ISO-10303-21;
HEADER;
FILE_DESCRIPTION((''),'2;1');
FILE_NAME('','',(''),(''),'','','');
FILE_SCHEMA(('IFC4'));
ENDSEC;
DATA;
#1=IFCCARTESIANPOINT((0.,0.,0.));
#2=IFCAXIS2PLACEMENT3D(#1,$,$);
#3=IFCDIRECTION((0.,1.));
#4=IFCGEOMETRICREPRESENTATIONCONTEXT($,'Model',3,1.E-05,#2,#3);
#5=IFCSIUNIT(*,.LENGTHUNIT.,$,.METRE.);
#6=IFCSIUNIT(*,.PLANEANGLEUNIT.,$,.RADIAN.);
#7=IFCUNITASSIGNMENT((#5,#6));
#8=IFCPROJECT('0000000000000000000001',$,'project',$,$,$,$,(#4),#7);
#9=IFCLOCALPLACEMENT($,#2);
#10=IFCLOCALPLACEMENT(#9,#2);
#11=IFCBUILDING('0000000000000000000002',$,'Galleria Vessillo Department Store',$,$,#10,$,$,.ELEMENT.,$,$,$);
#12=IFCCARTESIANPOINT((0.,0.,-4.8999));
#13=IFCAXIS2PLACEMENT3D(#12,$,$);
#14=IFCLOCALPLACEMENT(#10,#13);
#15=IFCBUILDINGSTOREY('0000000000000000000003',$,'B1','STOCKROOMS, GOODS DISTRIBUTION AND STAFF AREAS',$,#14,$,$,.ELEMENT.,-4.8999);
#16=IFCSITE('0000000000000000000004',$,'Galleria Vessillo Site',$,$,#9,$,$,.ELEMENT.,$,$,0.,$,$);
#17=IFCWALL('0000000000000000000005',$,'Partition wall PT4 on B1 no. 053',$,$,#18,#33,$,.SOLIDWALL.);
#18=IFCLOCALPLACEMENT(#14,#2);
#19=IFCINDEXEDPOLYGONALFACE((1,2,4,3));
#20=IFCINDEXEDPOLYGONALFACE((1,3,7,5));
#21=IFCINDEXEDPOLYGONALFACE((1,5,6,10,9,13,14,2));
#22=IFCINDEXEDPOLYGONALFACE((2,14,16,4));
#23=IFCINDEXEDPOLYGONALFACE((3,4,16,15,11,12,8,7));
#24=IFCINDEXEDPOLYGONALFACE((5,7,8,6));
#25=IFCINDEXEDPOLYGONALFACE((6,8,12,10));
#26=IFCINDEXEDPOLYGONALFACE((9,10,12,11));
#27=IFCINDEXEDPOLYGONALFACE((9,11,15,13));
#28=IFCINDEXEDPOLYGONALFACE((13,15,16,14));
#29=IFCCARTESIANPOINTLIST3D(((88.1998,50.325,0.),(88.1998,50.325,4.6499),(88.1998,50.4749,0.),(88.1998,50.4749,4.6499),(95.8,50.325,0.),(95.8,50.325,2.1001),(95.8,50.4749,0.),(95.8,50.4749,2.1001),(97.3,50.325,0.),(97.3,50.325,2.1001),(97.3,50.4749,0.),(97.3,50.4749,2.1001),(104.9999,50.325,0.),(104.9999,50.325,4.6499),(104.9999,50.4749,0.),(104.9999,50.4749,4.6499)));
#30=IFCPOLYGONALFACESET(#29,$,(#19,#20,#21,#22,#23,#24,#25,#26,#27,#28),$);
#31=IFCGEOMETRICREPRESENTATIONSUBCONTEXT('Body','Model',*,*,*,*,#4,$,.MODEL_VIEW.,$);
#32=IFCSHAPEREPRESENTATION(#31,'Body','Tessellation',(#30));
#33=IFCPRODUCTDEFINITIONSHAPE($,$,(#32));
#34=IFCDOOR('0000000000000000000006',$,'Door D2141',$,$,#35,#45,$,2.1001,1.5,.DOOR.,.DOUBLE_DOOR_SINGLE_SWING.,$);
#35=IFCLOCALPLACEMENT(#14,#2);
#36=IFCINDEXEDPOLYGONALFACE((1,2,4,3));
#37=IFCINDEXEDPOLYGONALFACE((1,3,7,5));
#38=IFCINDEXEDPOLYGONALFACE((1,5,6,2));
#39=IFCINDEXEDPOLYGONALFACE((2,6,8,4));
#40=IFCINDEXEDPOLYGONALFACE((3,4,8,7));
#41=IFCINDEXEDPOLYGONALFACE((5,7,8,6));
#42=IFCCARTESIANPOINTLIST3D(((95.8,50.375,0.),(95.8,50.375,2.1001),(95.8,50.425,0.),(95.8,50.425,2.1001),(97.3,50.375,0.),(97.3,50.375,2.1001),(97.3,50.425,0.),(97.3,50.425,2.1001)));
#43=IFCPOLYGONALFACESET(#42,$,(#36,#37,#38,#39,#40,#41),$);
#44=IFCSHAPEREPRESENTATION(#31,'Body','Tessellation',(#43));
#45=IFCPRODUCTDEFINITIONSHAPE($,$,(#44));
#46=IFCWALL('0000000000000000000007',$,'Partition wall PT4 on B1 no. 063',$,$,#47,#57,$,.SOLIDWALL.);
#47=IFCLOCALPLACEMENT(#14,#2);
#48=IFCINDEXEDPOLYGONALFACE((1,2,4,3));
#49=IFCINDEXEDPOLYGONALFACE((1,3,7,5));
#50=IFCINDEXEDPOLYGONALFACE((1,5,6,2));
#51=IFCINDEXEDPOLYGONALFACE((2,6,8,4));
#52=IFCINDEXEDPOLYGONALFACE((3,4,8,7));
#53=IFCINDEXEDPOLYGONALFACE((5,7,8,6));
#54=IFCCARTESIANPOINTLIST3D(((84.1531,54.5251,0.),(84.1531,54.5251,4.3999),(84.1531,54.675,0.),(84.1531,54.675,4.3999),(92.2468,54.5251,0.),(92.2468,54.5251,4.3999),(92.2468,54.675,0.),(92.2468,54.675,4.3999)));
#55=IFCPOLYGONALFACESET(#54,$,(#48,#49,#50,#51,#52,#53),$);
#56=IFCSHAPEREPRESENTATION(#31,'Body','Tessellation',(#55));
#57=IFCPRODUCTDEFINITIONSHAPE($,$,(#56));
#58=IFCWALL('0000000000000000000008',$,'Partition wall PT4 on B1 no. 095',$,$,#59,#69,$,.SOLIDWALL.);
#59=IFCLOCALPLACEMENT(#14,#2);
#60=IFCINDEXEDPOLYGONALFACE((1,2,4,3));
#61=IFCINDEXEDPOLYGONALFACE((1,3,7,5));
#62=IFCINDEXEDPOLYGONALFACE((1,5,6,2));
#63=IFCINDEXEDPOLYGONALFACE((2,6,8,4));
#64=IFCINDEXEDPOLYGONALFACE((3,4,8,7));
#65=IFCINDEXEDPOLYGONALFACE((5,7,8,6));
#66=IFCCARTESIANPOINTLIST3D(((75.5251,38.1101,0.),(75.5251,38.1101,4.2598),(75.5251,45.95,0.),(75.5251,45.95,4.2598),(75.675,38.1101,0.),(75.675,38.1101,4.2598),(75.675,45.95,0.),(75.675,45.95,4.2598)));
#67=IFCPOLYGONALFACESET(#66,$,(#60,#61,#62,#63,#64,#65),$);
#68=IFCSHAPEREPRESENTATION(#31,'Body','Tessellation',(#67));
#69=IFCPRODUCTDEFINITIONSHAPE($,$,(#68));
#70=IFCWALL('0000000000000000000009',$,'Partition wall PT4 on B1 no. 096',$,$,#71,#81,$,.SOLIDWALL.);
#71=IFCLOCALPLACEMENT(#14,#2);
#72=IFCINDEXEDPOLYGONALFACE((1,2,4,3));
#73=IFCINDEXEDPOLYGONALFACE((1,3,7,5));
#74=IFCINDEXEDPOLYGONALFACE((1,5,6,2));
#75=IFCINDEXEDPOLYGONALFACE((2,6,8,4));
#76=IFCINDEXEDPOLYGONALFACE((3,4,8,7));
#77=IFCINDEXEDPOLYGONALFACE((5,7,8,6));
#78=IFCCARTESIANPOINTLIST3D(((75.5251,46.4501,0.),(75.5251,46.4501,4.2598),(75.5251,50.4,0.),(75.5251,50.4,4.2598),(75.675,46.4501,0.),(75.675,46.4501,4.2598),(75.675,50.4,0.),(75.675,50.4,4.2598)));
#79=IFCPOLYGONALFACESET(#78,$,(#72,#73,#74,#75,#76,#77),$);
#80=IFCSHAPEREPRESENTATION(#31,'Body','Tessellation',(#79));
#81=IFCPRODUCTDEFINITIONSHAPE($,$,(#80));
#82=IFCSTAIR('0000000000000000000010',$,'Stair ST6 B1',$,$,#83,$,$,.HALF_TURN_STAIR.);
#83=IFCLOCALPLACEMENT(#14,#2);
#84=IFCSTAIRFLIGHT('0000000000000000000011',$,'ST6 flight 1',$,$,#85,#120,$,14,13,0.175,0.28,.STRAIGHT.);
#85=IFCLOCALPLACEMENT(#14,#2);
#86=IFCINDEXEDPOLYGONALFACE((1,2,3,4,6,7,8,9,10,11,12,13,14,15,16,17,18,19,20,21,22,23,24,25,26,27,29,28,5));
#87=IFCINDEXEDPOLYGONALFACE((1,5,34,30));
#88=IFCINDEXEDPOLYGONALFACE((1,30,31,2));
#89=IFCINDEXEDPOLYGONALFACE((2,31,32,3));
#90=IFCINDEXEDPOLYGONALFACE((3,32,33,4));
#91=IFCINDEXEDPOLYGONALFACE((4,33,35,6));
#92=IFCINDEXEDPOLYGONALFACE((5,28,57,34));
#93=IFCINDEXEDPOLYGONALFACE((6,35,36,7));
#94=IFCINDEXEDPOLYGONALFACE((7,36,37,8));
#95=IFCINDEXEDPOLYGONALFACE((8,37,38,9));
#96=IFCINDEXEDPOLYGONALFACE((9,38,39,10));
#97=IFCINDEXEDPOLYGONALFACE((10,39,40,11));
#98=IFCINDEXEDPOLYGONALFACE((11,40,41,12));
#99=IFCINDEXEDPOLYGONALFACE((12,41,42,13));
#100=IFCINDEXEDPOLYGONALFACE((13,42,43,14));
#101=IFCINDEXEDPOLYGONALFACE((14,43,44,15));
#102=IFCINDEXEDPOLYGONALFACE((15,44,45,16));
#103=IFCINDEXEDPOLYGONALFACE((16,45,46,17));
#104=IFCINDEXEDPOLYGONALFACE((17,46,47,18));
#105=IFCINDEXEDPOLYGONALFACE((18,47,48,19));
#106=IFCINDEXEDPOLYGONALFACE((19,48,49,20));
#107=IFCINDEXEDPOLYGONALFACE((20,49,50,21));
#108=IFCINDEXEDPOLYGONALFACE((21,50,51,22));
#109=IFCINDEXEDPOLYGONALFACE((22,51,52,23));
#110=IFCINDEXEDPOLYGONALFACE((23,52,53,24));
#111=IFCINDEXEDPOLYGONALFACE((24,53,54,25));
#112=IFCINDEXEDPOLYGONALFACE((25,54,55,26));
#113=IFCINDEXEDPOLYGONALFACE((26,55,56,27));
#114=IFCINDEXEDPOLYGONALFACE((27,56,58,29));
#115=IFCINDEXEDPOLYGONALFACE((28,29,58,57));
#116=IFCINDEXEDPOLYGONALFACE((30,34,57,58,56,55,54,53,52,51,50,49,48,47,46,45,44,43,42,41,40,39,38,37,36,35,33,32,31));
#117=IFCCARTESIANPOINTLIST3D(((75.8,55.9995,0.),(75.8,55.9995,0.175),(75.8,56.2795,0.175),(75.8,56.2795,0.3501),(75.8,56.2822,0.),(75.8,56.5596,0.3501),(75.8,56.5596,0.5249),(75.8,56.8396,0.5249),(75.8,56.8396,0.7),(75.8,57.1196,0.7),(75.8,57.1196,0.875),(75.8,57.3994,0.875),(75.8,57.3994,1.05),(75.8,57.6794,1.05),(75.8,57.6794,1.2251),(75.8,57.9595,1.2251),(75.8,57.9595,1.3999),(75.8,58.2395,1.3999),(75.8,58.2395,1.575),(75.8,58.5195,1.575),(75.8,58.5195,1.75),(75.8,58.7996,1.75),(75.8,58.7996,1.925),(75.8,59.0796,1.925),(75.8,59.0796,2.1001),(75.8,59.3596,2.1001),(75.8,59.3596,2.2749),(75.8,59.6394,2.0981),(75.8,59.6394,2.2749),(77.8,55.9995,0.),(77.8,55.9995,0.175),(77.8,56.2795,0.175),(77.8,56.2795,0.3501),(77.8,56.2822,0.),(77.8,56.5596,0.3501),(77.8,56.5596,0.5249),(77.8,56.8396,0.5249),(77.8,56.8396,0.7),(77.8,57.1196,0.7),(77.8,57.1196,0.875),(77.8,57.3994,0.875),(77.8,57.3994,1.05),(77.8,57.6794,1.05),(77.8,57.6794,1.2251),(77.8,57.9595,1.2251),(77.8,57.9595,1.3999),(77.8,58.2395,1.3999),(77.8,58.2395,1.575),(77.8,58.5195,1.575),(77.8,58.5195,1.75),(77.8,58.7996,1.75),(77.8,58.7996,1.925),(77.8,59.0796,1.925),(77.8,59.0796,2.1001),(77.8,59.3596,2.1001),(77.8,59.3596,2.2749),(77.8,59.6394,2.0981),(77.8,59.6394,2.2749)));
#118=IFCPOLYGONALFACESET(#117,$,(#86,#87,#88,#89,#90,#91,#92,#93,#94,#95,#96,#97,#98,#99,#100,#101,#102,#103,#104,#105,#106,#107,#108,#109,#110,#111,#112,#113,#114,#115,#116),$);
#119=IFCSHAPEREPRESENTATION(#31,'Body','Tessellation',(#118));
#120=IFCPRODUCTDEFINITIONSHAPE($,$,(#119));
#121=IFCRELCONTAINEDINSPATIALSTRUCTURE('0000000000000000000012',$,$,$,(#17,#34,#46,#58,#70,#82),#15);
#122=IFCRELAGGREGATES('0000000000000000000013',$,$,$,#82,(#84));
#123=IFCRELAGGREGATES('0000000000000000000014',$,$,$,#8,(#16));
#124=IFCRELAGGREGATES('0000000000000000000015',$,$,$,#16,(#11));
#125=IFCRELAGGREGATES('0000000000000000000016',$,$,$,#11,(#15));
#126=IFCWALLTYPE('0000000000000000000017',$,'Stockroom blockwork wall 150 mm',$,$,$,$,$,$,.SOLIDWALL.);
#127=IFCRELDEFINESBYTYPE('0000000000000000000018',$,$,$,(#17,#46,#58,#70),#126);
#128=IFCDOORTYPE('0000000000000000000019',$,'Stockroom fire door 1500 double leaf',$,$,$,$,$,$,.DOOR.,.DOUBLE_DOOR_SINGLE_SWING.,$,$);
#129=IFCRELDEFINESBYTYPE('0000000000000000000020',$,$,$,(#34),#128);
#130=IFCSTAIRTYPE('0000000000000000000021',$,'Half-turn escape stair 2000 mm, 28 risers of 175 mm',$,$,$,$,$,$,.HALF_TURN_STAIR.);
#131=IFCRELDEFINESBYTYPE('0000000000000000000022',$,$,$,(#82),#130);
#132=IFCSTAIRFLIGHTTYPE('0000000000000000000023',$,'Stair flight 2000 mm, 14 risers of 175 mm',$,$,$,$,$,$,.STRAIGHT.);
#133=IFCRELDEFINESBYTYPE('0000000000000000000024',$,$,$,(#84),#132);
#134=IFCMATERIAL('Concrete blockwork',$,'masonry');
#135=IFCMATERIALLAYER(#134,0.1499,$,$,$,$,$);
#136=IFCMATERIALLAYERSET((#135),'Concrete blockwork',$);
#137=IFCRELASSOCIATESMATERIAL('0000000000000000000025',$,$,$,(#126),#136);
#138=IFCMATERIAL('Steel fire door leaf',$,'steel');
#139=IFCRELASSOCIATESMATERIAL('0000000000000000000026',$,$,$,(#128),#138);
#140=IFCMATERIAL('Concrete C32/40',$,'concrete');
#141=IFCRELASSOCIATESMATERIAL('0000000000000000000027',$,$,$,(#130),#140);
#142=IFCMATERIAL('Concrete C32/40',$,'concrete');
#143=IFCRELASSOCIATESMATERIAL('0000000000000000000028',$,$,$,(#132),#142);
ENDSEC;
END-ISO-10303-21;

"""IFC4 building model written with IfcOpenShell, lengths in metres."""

from ifc_helpers import new_model, si_unit, direction, frame, frame_2d, origin, place, context, subcontext, project, spatial, polyline, rectangle, outline, extrude, material, layer, layer_set, type_object, element, fill, aggregate, save


model = new_model("IFC4")

# Units and contexts
model_context = context("Model", 3, precision=1e-05, world=origin(), true_north=direction((0.0, 1.0)))
body_context = subcontext(model_context, "Body", "Model", "MODEL_VIEW")
ifc_project = project(units=[si_unit("LENGTHUNIT", "METRE"), si_unit("PLANEANGLEUNIT", "RADIAN")], contexts=[model_context])

# Site, building, storey
site_placement = place(None, origin())
site = spatial("IfcSite", under=ifc_project, at=site_placement, Name="Galleria Vessillo Site", CompositionType="ELEMENT", RefElevation=0.0)
building_placement = place(site_placement, origin())
building = spatial("IfcBuilding", under=site, at=building_placement, Name="Galleria Vessillo Department Store", CompositionType="ELEMENT")
storey_placement = place(building_placement, frame((0.0, 0.0, -4.8999)))
storey = spatial("IfcBuildingStorey", under=building, at=storey_placement, Name="B1", Description="STOCKROOMS, GOODS DISTRIBUTION AND STAFF AREAS", CompositionType="ELEMENT", Elevation=-4.8999)

# Wall, opening, door
ifc_material_1 = material(Name="Concrete blockwork", Category="masonry")
ifc_layer_1 = layer(ifc_material_1, 0.1499)
ifc_layer_set_1 = layer_set([ifc_layer_1], Name="Concrete blockwork")
wall_type_1 = type_object("IfcWallType", Name="Stockroom blockwork wall 150 mm", PredefinedType="SOLIDWALL", material=ifc_layer_set_1)
ifc_material_2 = material(Name="Steel fire door leaf", Category="steel")
door_type_1 = type_object("IfcDoorType", Name="Stockroom fire door 1500 double leaf", OperationType="DOUBLE_DOOR_SINGLE_SWING", PredefinedType="DOOR", material=ifc_material_2)
wall_1_placement = place(storey_placement, frame((88.2, 50.3999, 0.0), z_axis=(0.0, 0.0, 1.0), x_axis=(1.0, 0.0, 0.0)))
wall_1 = element("IfcWall", 1, at=wall_1_placement, inside=storey, type_object=wall_type_1, Name="Partition wall PT4 on B1 no. 053", PredefinedType="SOLIDWALL", context=body_context, shape_type="SweptSolid", body=[
    extrude(rectangle(XDim=16.8, YDim=0.1499, at=frame_2d((8.3999, 0.0))), origin(), (0.0, 0.0, 1.0), 4.6499),
])
opening_1_placement = place(wall_1_placement, frame((7.6001, 0.0, 0.0)))
opening_1 = element("IfcOpeningElement", 2, at=opening_1_placement, cuts=wall_1, PredefinedType="OPENING", context=body_context, shape_type="SweptSolid", body=[
    extrude(rectangle(XDim=1.5, YDim=2.1001, at=frame_2d((0.75, 1.05))), frame((0.0, 0.085, 0.0), z_axis=(0.0, -1.0, 0.0), x_axis=(1.0, 0.0, 0.0)), (0.0, 0.0, 1.0), 0.1699),
])
door_1_placement = place(opening_1_placement, frame((1.5, 0.0, 0.0), z_axis=(0.0, 0.0, 1.0), x_axis=(-1.0, 0.0, 0.0)))
door_1 = element("IfcDoor", 3, at=door_1_placement, inside=storey, type_object=door_type_1, Name="Door D2141", OperationType="DOUBLE_DOOR_SINGLE_SWING", OverallHeight=2.1001, OverallWidth=1.5, PredefinedType="DOOR", context=body_context, shape_type="SweptSolid", body=[
    extrude(rectangle(XDim=1.5, YDim=2.1001, at=frame_2d((0.75, 1.05))), frame((0.0, 0.0249, 0.0), z_axis=(0.0, -1.0, 0.0), x_axis=(1.0, 0.0, 0.0)), (0.0, 0.0, 1.0), 0.05),
])
fill(opening_1, door_1)

# Walls
wall_2_placement = place(storey_placement, frame((84.1531, 54.6001, 0.0), z_axis=(0.0, 0.0, 1.0), x_axis=(1.0, 0.0, 0.0)))
element("IfcWall", 4, at=wall_2_placement, inside=storey, type_object=wall_type_1, Name="Partition wall PT4 on B1 no. 063", PredefinedType="SOLIDWALL", context=body_context, shape_type="SweptSolid", body=[
    extrude(rectangle(XDim=8.0938, YDim=0.1499, at=frame_2d((4.0469, 0.0))), origin(), (0.0, 0.0, 1.0), 4.3999),
])
wall_3_placement = place(storey_placement, frame((75.6001, 38.1101, 0.0), z_axis=(0.0, 0.0, 1.0), x_axis=(0.0, 1.0, 0.0)))
element("IfcWall", 5, at=wall_3_placement, inside=storey, type_object=wall_type_1, Name="Partition wall PT4 on B1 no. 095", PredefinedType="SOLIDWALL", context=body_context, shape_type="SweptSolid", body=[
    extrude(rectangle(XDim=7.8398, YDim=0.1499, at=frame_2d((3.9199, 0.0))), origin(), (0.0, 0.0, 1.0), 4.2598),
])
wall_4_placement = place(storey_placement, frame((75.6001, 46.45, 0.0), z_axis=(0.0, 0.0, 1.0), x_axis=(0.0, 1.0, 0.0)))
element("IfcWall", 6, at=wall_4_placement, inside=storey, type_object=wall_type_1, Name="Partition wall PT4 on B1 no. 096", PredefinedType="SOLIDWALL", context=body_context, shape_type="SweptSolid", body=[
    extrude(rectangle(XDim=3.95, YDim=0.1499, at=frame_2d((1.9751, 0.0))), origin(), (0.0, 0.0, 1.0), 4.2598),
])

# Stair, stair flight
ifc_material_3 = material(Name="Concrete C32/40", Category="concrete")
stair_type = type_object("IfcStairType", Name="Half-turn escape stair 2000 mm, 28 risers of 175 mm", PredefinedType="HALF_TURN_STAIR", material=ifc_material_3)
stair_placement = place(storey_placement, origin())
stair = element("IfcStair", 7, at=stair_placement, inside=storey, type_object=stair_type, Name="Stair ST6 B1", PredefinedType="HALF_TURN_STAIR")
ifc_material_4 = material(Name="Concrete C32/40", Category="concrete")
stair_flight_type = type_object("IfcStairFlightType", Name="Stair flight 2000 mm, 14 risers of 175 mm", PredefinedType="STRAIGHT", material=ifc_material_4)
stair_flight_placement = place(storey_placement, frame((76.8, 55.9995, 0.0), z_axis=(0.0, 0.0, 1.0), x_axis=(0.0, 1.0, 0.0)))
stair_flight = element("IfcStairFlight", 8, at=stair_flight_placement, type_object=stair_flight_type, Name="ST6 flight 1", NumberOfRisers=14, NumberOfTreads=13, PredefinedType="STRAIGHT", RiserHeight=0.175, TreadLength=0.28, context=body_context, shape_type="SweptSolid", body=[
    extrude(outline(polyline([(0.0, 0.0), (0.0, 0.175), (0.28, 0.175), (0.28, 0.3501), (0.5601, 0.3501), (0.5601, 0.5249), (0.8401, 0.5249), (0.8401, 0.7), (1.1201, 0.7), (1.1201, 0.875), (1.3999, 0.875), (1.3999, 1.05), (1.6799, 1.05), (1.6799, 1.2251), (1.96, 1.2251), (1.96, 1.3999), (2.24, 1.3999), (2.24, 1.575), (2.52, 1.575), (2.52, 1.75), (2.8, 1.75), (2.8, 1.925), (3.0801, 1.925), (3.0801, 2.1001), (3.3601, 2.1001), (3.3601, 2.2749), (3.6399, 2.2749), (3.6399, 2.45), (3.6399, 2.0981), (0.2827, 0.0), (0.0, 0.0)])), frame((0.0, 1.0, 0.0), z_axis=(0.0, -1.0, 0.0), x_axis=(1.0, 0.0, 0.0)), (0.0, 0.0, 1.0), 2.0),
])
aggregate(stair, [stair_flight])

save(model, "model.ifc")
